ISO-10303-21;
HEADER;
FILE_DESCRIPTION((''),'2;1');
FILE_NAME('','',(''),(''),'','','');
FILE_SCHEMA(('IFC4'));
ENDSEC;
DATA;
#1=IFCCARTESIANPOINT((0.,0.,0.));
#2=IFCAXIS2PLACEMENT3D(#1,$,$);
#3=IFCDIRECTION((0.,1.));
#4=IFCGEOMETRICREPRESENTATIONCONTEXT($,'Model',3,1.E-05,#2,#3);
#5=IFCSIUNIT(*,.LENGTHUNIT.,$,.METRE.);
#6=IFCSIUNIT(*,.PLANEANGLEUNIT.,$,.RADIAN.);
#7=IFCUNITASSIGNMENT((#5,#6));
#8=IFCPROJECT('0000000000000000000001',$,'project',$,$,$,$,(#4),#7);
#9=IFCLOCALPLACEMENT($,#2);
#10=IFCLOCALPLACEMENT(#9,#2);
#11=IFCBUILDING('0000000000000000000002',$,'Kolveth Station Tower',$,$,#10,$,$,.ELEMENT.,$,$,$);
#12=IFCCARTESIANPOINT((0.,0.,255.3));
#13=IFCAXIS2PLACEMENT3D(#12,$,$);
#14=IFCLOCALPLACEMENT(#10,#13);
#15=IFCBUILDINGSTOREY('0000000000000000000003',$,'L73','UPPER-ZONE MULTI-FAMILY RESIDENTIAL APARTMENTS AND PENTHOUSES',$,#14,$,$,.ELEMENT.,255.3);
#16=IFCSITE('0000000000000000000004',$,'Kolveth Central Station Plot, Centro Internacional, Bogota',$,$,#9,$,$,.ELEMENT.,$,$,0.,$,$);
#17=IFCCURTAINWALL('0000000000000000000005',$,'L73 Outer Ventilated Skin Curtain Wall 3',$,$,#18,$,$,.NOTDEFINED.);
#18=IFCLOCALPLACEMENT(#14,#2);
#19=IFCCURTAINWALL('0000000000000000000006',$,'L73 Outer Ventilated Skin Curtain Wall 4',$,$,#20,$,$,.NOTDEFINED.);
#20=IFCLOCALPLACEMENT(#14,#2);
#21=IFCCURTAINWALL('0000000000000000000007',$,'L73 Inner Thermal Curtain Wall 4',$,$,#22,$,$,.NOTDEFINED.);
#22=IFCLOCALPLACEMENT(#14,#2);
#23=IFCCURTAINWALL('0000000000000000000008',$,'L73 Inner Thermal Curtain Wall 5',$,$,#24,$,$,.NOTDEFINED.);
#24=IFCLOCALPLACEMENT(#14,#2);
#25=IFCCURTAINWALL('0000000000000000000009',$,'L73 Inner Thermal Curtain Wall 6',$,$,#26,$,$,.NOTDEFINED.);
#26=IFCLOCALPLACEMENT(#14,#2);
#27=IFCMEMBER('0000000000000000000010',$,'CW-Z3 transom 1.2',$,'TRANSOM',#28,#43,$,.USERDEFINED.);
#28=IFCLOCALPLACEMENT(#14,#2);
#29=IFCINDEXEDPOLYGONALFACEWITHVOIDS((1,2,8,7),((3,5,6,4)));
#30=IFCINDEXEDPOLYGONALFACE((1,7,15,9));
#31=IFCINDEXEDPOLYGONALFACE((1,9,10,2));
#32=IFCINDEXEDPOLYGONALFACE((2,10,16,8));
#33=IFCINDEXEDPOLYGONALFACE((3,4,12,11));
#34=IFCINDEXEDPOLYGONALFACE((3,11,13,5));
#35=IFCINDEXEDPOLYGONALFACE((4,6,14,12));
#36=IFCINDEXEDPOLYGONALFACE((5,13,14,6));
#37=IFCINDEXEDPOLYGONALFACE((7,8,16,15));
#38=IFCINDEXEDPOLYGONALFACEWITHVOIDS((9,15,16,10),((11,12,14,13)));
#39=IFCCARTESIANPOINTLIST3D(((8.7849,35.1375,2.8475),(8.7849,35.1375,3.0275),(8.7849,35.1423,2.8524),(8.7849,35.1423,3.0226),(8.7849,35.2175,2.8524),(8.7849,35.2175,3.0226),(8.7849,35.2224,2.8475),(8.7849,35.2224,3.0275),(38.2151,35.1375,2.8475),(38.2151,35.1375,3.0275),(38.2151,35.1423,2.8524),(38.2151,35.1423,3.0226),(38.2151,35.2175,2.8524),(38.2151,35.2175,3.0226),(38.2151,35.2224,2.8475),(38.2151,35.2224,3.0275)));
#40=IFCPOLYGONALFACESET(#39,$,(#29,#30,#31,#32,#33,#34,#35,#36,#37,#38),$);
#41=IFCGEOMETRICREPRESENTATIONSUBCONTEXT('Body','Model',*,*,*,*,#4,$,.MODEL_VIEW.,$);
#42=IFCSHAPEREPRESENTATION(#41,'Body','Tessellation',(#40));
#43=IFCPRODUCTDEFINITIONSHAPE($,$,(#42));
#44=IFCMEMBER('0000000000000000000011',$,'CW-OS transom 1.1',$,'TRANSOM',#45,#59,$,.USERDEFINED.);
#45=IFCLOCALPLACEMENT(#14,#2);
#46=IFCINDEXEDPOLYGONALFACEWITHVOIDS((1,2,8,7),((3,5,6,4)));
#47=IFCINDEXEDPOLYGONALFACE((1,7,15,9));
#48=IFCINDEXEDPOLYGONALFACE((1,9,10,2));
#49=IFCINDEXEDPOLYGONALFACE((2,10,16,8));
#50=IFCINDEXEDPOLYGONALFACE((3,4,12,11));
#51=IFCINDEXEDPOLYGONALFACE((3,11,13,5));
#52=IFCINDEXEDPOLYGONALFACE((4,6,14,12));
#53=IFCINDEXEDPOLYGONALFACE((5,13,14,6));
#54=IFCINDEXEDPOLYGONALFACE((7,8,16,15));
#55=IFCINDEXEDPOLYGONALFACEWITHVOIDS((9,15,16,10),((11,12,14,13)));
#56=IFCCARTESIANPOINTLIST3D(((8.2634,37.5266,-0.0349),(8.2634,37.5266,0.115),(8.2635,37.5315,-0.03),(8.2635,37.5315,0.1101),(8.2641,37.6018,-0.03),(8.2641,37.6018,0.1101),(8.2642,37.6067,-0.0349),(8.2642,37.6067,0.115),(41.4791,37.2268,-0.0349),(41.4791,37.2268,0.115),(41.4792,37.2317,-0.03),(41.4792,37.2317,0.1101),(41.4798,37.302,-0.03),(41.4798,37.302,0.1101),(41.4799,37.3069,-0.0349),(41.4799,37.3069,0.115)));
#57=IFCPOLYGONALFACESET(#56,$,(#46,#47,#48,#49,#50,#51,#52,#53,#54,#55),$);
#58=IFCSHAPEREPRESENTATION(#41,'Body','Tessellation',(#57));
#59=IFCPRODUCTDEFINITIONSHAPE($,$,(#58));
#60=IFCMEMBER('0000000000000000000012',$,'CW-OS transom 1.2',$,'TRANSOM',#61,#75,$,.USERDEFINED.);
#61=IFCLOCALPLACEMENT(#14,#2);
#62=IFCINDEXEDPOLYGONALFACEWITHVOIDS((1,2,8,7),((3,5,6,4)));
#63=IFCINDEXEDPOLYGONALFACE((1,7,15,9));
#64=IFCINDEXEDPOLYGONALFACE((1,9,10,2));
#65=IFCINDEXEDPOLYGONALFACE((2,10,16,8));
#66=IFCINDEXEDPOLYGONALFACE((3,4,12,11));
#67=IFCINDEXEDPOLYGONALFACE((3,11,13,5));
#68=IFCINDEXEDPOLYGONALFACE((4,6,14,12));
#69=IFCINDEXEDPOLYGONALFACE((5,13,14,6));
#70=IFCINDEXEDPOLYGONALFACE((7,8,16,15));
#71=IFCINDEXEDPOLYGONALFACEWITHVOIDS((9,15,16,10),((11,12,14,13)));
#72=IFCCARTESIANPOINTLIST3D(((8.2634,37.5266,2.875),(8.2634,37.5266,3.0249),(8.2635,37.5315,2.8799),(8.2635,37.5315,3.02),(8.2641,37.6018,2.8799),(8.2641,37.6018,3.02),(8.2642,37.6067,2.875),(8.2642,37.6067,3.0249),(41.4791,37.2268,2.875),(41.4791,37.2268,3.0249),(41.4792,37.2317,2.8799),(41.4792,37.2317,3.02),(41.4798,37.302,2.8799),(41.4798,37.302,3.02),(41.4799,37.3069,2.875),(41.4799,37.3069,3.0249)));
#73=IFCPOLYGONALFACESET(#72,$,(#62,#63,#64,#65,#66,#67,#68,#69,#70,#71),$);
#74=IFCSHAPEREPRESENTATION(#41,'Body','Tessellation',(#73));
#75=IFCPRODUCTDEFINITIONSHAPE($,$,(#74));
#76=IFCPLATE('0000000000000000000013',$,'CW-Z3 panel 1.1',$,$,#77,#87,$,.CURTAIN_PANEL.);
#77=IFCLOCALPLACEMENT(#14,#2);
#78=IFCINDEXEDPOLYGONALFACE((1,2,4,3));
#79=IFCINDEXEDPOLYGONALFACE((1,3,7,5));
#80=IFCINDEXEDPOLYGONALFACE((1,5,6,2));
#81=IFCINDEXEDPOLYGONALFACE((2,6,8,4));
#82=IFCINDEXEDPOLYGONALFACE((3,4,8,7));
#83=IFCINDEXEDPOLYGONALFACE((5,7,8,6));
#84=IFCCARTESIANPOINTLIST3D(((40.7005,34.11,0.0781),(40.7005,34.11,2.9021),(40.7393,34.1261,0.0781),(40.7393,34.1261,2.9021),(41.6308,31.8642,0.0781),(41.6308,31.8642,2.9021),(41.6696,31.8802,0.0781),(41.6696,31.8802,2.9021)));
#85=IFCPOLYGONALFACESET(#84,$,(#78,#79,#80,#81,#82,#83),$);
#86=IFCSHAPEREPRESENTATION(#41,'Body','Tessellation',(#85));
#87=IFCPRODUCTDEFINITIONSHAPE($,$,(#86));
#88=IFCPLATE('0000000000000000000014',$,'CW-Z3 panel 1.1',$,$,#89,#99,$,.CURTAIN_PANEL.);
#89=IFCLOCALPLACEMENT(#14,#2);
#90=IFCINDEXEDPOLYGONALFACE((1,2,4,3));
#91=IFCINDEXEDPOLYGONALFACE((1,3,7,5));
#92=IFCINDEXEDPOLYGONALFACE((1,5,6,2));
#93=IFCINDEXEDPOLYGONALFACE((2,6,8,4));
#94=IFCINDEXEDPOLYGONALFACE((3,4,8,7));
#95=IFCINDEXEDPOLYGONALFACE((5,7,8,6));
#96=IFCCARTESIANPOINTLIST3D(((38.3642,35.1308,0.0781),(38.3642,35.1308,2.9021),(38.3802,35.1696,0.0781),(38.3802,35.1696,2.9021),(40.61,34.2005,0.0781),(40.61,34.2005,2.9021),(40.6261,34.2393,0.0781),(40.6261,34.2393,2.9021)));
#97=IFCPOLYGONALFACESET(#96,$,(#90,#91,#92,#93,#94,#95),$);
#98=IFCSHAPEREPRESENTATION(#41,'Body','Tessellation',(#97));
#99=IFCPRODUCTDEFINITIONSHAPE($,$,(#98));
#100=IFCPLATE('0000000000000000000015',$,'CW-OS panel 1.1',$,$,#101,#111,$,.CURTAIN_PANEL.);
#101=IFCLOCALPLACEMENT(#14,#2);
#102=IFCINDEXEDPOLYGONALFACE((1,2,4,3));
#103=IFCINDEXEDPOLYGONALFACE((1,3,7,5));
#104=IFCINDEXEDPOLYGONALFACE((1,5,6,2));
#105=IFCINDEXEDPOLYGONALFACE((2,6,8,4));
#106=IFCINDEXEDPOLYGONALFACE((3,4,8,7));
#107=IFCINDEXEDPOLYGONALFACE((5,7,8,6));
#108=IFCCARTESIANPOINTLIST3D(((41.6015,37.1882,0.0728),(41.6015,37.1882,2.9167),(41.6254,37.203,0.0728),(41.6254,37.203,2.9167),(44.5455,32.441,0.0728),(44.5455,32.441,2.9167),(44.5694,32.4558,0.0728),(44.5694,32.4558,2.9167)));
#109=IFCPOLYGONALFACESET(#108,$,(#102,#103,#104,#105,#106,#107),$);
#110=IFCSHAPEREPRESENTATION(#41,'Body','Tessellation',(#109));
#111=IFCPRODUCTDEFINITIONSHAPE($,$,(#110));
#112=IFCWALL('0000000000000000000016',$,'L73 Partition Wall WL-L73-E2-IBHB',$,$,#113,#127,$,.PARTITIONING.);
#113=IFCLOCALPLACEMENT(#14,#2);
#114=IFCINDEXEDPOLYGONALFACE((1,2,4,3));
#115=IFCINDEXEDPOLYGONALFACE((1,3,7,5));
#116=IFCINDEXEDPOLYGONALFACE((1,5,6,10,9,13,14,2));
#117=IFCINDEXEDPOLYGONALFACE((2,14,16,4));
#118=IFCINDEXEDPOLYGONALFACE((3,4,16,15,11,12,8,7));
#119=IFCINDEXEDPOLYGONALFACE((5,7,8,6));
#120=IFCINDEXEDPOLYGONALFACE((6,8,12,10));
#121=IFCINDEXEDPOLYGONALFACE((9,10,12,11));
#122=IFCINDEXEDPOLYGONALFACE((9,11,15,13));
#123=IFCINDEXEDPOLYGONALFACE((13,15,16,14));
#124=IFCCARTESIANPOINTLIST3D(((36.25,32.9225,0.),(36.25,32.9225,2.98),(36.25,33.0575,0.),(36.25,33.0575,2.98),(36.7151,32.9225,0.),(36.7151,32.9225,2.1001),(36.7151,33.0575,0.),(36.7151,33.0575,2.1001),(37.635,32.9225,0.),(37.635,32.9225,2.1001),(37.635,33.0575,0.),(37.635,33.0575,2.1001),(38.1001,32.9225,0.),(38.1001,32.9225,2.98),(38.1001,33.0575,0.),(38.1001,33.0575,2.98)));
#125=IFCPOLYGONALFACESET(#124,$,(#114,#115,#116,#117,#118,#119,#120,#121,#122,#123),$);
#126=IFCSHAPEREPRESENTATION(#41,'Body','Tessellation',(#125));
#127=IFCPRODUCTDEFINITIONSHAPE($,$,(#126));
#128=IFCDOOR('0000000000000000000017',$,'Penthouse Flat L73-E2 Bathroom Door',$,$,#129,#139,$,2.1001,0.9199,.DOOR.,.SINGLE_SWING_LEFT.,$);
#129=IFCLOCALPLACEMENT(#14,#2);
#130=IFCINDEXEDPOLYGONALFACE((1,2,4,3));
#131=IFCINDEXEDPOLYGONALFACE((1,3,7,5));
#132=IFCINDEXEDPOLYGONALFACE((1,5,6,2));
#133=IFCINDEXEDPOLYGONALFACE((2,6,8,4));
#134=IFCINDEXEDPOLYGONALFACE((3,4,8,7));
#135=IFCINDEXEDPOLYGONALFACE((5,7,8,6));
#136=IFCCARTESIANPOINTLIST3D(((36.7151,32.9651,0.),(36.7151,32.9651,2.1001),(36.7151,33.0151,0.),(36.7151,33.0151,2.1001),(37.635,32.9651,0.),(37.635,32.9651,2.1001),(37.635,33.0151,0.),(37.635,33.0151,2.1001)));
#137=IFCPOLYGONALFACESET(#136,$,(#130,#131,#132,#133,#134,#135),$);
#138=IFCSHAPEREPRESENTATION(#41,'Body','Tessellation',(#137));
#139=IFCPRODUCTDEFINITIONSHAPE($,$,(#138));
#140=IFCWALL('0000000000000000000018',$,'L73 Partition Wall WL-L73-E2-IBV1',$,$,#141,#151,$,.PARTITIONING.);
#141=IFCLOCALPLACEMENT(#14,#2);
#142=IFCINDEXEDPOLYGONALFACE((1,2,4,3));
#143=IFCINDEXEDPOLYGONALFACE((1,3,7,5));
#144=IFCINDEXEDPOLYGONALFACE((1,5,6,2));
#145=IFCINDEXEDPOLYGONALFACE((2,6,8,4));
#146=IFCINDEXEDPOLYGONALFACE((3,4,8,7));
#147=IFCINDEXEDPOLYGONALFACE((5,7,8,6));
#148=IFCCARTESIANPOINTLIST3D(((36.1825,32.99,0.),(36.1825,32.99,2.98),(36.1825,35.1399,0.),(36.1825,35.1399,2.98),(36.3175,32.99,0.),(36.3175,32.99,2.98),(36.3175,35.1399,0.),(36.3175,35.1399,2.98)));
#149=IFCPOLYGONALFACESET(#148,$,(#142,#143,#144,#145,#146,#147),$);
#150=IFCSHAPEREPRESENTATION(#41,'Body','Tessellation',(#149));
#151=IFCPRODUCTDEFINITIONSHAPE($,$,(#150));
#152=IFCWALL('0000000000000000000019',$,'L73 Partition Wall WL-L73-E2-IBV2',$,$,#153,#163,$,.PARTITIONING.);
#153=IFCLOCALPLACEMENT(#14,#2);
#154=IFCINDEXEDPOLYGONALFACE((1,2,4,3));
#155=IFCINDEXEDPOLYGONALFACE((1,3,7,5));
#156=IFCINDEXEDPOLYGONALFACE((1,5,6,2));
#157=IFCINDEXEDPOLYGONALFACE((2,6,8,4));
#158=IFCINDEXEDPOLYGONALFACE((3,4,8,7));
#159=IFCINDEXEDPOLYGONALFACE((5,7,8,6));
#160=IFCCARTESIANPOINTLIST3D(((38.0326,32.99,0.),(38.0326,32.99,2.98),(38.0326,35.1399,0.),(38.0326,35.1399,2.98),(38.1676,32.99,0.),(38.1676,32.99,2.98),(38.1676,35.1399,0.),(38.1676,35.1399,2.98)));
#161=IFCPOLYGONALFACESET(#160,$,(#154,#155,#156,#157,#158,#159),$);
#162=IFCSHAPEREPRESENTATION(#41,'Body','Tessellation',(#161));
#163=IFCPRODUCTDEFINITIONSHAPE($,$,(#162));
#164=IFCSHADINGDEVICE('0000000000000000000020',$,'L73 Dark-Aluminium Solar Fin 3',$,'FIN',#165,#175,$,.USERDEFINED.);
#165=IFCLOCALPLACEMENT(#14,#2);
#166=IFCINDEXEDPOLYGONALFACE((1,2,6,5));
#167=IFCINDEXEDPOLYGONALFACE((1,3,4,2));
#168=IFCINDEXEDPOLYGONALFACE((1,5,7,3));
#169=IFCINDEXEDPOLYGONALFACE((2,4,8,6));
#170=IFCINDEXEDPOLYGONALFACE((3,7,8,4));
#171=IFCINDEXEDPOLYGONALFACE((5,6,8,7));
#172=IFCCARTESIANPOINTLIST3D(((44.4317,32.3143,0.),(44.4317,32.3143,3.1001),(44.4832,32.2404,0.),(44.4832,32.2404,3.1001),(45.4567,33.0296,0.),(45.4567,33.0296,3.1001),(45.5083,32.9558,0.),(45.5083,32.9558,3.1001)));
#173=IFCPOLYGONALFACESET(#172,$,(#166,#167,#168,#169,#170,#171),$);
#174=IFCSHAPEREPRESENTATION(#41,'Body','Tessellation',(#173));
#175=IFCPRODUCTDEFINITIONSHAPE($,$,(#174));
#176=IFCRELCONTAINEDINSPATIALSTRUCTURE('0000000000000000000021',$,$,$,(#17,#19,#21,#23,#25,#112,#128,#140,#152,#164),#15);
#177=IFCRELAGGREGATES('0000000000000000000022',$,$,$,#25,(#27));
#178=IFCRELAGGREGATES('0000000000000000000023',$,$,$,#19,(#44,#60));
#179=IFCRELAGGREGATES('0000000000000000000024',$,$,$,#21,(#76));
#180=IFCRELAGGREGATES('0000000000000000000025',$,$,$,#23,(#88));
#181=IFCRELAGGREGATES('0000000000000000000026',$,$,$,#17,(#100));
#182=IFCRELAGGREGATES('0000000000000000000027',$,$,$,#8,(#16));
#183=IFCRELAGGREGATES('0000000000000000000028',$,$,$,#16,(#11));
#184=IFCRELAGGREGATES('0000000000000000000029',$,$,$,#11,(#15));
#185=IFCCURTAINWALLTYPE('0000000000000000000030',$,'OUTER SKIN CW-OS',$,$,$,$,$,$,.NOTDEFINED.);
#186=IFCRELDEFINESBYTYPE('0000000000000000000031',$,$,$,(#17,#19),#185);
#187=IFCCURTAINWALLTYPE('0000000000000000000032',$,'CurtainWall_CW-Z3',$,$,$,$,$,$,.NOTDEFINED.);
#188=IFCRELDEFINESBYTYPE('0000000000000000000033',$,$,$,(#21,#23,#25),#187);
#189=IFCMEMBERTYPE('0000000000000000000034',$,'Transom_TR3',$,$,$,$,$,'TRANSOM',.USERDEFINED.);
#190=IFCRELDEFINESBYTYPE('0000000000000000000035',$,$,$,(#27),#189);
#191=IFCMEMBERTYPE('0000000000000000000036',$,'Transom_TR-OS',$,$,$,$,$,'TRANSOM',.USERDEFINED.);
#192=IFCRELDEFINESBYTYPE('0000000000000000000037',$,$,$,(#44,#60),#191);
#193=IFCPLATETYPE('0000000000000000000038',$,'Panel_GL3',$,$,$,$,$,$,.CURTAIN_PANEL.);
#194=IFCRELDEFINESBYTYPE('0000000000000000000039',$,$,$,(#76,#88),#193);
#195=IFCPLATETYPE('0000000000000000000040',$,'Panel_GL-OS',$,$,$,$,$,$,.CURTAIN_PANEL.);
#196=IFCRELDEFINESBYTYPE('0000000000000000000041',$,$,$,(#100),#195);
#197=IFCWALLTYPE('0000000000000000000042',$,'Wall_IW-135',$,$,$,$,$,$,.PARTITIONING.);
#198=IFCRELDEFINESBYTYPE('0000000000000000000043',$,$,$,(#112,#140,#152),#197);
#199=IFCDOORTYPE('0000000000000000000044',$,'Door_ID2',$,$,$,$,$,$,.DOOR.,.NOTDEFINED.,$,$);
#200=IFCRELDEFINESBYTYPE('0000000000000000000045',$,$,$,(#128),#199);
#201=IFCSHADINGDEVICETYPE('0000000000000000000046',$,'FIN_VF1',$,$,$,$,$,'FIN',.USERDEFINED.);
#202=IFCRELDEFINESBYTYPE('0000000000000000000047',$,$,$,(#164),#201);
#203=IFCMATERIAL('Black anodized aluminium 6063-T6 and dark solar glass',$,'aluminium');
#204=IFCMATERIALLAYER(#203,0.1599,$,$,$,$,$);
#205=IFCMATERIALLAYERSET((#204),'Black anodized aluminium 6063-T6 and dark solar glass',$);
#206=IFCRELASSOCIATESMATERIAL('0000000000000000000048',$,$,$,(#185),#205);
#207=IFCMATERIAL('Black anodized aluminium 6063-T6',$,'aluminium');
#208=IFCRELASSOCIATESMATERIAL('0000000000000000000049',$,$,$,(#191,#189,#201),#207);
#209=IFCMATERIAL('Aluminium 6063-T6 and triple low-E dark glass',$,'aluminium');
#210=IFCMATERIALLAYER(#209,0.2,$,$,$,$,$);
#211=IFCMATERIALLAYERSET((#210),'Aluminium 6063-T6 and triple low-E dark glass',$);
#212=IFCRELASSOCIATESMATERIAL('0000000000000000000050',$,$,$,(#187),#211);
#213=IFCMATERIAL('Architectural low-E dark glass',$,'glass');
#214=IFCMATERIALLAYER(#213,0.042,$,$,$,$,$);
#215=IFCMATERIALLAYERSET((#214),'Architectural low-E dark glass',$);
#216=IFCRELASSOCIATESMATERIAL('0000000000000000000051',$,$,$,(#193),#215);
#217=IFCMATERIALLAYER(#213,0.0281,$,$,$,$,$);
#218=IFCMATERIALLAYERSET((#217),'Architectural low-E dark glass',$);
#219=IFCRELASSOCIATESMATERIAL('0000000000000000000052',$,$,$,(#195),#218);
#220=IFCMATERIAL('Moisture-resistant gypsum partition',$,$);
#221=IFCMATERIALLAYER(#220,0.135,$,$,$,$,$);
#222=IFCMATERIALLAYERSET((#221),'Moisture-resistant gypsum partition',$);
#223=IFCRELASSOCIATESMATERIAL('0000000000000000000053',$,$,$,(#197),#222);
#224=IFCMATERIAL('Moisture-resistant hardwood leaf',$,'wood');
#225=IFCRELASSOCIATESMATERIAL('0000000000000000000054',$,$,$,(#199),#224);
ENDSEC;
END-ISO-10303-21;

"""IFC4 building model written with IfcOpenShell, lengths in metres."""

from ifc_helpers import new_model, si_unit, direction, frame, frame_2d, origin, origin_2d, place, context, subcontext, project, spatial, rectangle, hollow_rectangle, extrude, source, transform, mapped, material, layer, layer_set, material_profile, profile_set, type_object, element, fill, aggregate, save


model = new_model("IFC4")

# Units and contexts
model_context = context("Model", 3, precision=1e-05, world=origin(), true_north=direction((0.0, 1.0)))
body_context = subcontext(model_context, "Body", "Model", "MODEL_VIEW")
ifc_project = project(units=[si_unit("LENGTHUNIT", "METRE"), si_unit("PLANEANGLEUNIT", "RADIAN")], contexts=[model_context])

# Site, building, storey
site_placement = place(None, origin())
site = spatial("IfcSite", under=ifc_project, at=site_placement, Name="Kolveth Central Station Plot, Centro Internacional, Bogota", CompositionType="ELEMENT", RefElevation=0.0)
building_placement = place(site_placement, origin())
building = spatial("IfcBuilding", under=site, at=building_placement, Name="Kolveth Station Tower", CompositionType="ELEMENT")
storey_placement = place(building_placement, frame((0.0, 0.0, 255.3)))
storey = spatial("IfcBuildingStorey", under=building, at=storey_placement, Name="L73", Description="UPPER-ZONE MULTI-FAMILY RESIDENTIAL APARTMENTS AND PENTHOUSES", CompositionType="ELEMENT", Elevation=255.3)

# Curtain walls
ifc_material_1 = material(Name="Black anodized aluminium 6063-T6 and dark solar glass", Category="aluminium")
ifc_layer_1 = layer(ifc_material_1, 0.1599)
ifc_layer_set_1 = layer_set([ifc_layer_1], Name="Black anodized aluminium 6063-T6 and dark solar glass")
curtain_wall_type_1 = type_object("IfcCurtainWallType", Name="OUTER SKIN CW-OS", PredefinedType="NOTDEFINED", material=ifc_layer_set_1)
curtain_wall_1_placement = place(storey_placement, origin())
curtain_wall_1 = element("IfcCurtainWall", 1, at=curtain_wall_1_placement, inside=storey, type_object=curtain_wall_type_1, Name="L73 Outer Ventilated Skin Curtain Wall 3", PredefinedType="NOTDEFINED")
ifc_material_2 = material(Name="Black anodized aluminium 6063-T6", Category="aluminium")
curtain_wall_2_placement = place(storey_placement, origin())
curtain_wall_2 = element("IfcCurtainWall", 2, at=curtain_wall_2_placement, inside=storey, type_object=curtain_wall_type_1, Name="L73 Outer Ventilated Skin Curtain Wall 4", PredefinedType="NOTDEFINED")

# Shared definitions
ifc_material_profile_1 = material_profile(ifc_material_2, hollow_rectangle(XDim=0.0801, YDim=0.1499, WallThickness=0.0049, at=origin_2d()), Name="ALU-80x150x5")
ifc_profile_set_1 = profile_set([ifc_material_profile_1], Name="Black anodized aluminium 6063-T6")
member_type_1 = type_object("IfcMemberType", Name="Transom_TR-OS", ElementType="TRANSOM", PredefinedType="USERDEFINED", material=ifc_profile_set_1)

# Curtain wall
ifc_material_3 = material(Name="Aluminium 6063-T6 and triple low-E dark glass", Category="aluminium")
ifc_layer_2 = layer(ifc_material_3, 0.2)
ifc_layer_set_2 = layer_set([ifc_layer_2], Name="Aluminium 6063-T6 and triple low-E dark glass")
curtain_wall_type_2 = type_object("IfcCurtainWallType", Name="CurtainWall_CW-Z3", PredefinedType="NOTDEFINED", material=ifc_layer_set_2)
curtain_wall_3_placement = place(storey_placement, origin())
curtain_wall_3 = element("IfcCurtainWall", 3, at=curtain_wall_3_placement, inside=storey, type_object=curtain_wall_type_2, Name="L73 Inner Thermal Curtain Wall 4", PredefinedType="NOTDEFINED")

# Curtain wall
curtain_wall_4_placement = place(storey_placement, origin())
curtain_wall_4 = element("IfcCurtainWall", 4, at=curtain_wall_4_placement, inside=storey, type_object=curtain_wall_type_2, Name="L73 Inner Thermal Curtain Wall 5", PredefinedType="NOTDEFINED")

# Curtain wall
curtain_wall_5_placement = place(storey_placement, origin())
curtain_wall_5 = element("IfcCurtainWall", 5, at=curtain_wall_5_placement, inside=storey, type_object=curtain_wall_type_2, Name="L73 Inner Thermal Curtain Wall 6", PredefinedType="NOTDEFINED")

# Members
ifc_material_profile_2 = material_profile(ifc_material_2, hollow_rectangle(XDim=0.085, YDim=0.1799, WallThickness=0.0049, at=origin_2d()), Name="ALU-85x180x5")
ifc_profile_set_2 = profile_set([ifc_material_profile_2], Name="Black anodized aluminium 6063-T6")
member_type_2 = type_object("IfcMemberType", Name="Transom_TR3", ElementType="TRANSOM", PredefinedType="USERDEFINED", material=ifc_profile_set_2)
shared_shape_1 = source(origin(), body_context, "Body", "SweptSolid", [
    extrude(hollow_rectangle(XDim=0.085, YDim=0.1799, WallThickness=0.0049, at=origin_2d()), origin(), (0.0, 0.0, 1.0), 29.4302),
])
member_1_placement = place(storey_placement, frame((38.2151, 35.1799, 2.9375), z_axis=(-1.0, 0.0, 0.0), x_axis=(0.0, -1.0, 0.0)))
member_1 = element("IfcMember", 6, at=member_1_placement, type_object=member_type_2, Name="CW-Z3 transom 1.2", ObjectType="TRANSOM", PredefinedType="USERDEFINED", context=body_context, shape_type="MappedRepresentation", body=[
    mapped(shared_shape_1, transform((0.0, 0.0, 0.0), x_axis=(1.0, 0.0, 0.0), y_axis=(0.0, 1.0, 0.0), z_axis=(0.0, 0.0, 1.0), scale=1.0)),
])
aggregate(curtain_wall_5, [member_1])
shared_shape_2 = source(origin(), body_context, "Body", "SweptSolid", [
    extrude(hollow_rectangle(XDim=0.0801, YDim=0.1499, WallThickness=0.0049, at=origin_2d()), origin(), (0.0, 0.0, 1.0), 33.217),
])
member_2_placement = place(storey_placement, frame((41.4795, 37.2668, 0.04), z_axis=(-0.999959, 0.009026, 0.0), x_axis=(-0.009026, -0.999959, 0.0)))
member_2 = element("IfcMember", 7, at=member_2_placement, type_object=member_type_1, Name="CW-OS transom 1.1", ObjectType="TRANSOM", PredefinedType="USERDEFINED", context=body_context, shape_type="MappedRepresentation", body=[
    mapped(shared_shape_2, transform((0.0, 0.0, 0.0), x_axis=(1.0, 0.0, 0.0), y_axis=(0.0, 1.0, 0.0), z_axis=(0.0, 0.0, 1.0), scale=1.0)),
])
member_3_placement = place(storey_placement, frame((41.4795, 37.2668, 2.95), z_axis=(-0.999959, 0.009026, 0.0), x_axis=(-0.009026, -0.999959, 0.0)))
member_3 = element("IfcMember", 8, at=member_3_placement, type_object=member_type_1, Name="CW-OS transom 1.2", ObjectType="TRANSOM", PredefinedType="USERDEFINED", context=body_context, shape_type="MappedRepresentation", body=[
    mapped(shared_shape_2, transform((0.0, 0.0, 0.0), x_axis=(1.0, 0.0, 0.0), y_axis=(0.0, 1.0, 0.0), z_axis=(0.0, 0.0, 1.0), scale=1.0)),
])
aggregate(curtain_wall_2, [member_2, member_3])

# Plates
ifc_material_4 = material(Name="Architectural low-E dark glass", Category="glass")
ifc_layer_3 = layer(ifc_material_4, 0.042)
ifc_layer_set_3 = layer_set([ifc_layer_3], Name="Architectural low-E dark glass")
plate_type_1 = type_object("IfcPlateType", Name="Panel_GL3", PredefinedType="CURTAIN_PANEL", material=ifc_layer_set_3)
shared_shape_3 = source(origin(), body_context, "Body", "SweptSolid", [
    extrude(rectangle(XDim=2.4309, YDim=0.042, at=origin_2d()), origin(), (0.0, 0.0, 1.0), 2.824),
])
plate_1_placement = place(storey_placement, frame((41.1851, 32.9951, 0.0781), z_axis=(0.0, 0.0, 1.0), x_axis=(-0.382693, 0.923875, 0.0)))
plate_1 = element("IfcPlate", 9, at=plate_1_placement, type_object=plate_type_1, Name="CW-Z3 panel 1.1", PredefinedType="CURTAIN_PANEL", context=body_context, shape_type="MappedRepresentation", body=[
    mapped(shared_shape_3, transform((0.0, 0.0, 0.0), x_axis=(1.0, 0.0, 0.0), y_axis=(0.0, 1.0, 0.0), z_axis=(0.0, 0.0, 1.0), scale=1.0)),
])
aggregate(curtain_wall_3, [plate_1])
plate_2_placement = place(storey_placement, frame((39.4951, 34.6851, 0.0781), z_axis=(0.0, 0.0, 1.0), x_axis=(-0.923875, 0.382693, 0.0)))
plate_2 = element("IfcPlate", 10, at=plate_2_placement, type_object=plate_type_1, Name="CW-Z3 panel 1.1", PredefinedType="CURTAIN_PANEL", context=body_context, shape_type="MappedRepresentation", body=[
    mapped(shared_shape_3, transform((0.0, 0.0, 0.0), x_axis=(1.0, 0.0, 0.0), y_axis=(0.0, 1.0, 0.0), z_axis=(0.0, 0.0, 1.0), scale=1.0)),
])
aggregate(curtain_wall_4, [plate_2])
ifc_layer_4 = layer(ifc_material_4, 0.0281)
ifc_layer_set_4 = layer_set([ifc_layer_4], Name="Architectural low-E dark glass")
plate_type_2 = type_object("IfcPlateType", Name="Panel_GL-OS", PredefinedType="CURTAIN_PANEL", material=ifc_layer_set_4)
shared_shape_4 = source(origin(), body_context, "Body", "SweptSolid", [
    extrude(rectangle(XDim=5.5859, YDim=0.0281, at=origin_2d()), origin(), (0.0, 0.0, 1.0), 2.844),
])
plate_3_placement = place(storey_placement, frame((43.0854, 34.822, 0.0728), z_axis=(0.0, 0.0, 1.0), x_axis=(-0.527034, 0.849844, 0.0)))
plate_3 = element("IfcPlate", 11, at=plate_3_placement, type_object=plate_type_2, Name="CW-OS panel 1.1", PredefinedType="CURTAIN_PANEL", context=body_context, shape_type="MappedRepresentation", body=[
    mapped(shared_shape_4, transform((0.0, 0.0, 0.0), x_axis=(1.0, 0.0, 0.0), y_axis=(0.0, 1.0, 0.0), z_axis=(0.0, 0.0, 1.0), scale=1.0)),
])
aggregate(curtain_wall_1, [plate_3])

# Wall, opening, door
ifc_material_5 = material(Name="Moisture-resistant gypsum partition")
ifc_layer_5 = layer(ifc_material_5, 0.135)
ifc_layer_set_5 = layer_set([ifc_layer_5], Name="Moisture-resistant gypsum partition")
wall_type = type_object("IfcWallType", Name="Wall_IW-135", PredefinedType="PARTITIONING", material=ifc_layer_set_5)
wall_placement = place(storey_placement, frame((36.25, 32.99, 0.0), z_axis=(0.0, 0.0, 1.0), x_axis=(1.0, 0.0, 0.0)))
wall = element("IfcWall", 12, at=wall_placement, inside=storey, type_object=wall_type, Name="L73 Partition Wall WL-L73-E2-IBHB", PredefinedType="PARTITIONING", context=body_context, shape_type="SweptSolid", body=[
    extrude(rectangle(XDim=1.8501, YDim=0.135, at=frame_2d((0.925, 0.0))), origin(), (0.0, 0.0, 1.0), 2.98),
])
opening_placement = place(wall_placement, frame((0.4651, 0.0, 0.0)))
opening = element("IfcOpeningElement", 13, at=opening_placement, cuts=wall, PredefinedType="OPENING", context=body_context, shape_type="SweptSolid", body=[
    extrude(rectangle(XDim=0.9199, YDim=2.1001, at=frame_2d((0.46, 1.05))), frame((0.0, 0.0774, 0.0), z_axis=(0.0, -1.0, 0.0), x_axis=(1.0, 0.0, 0.0)), (0.0, 0.0, 1.0), 0.155),
])
ifc_material_6 = material(Name="Moisture-resistant hardwood leaf", Category="wood")
door_type = type_object("IfcDoorType", Name="Door_ID2", OperationType="NOTDEFINED", PredefinedType="DOOR", material=ifc_material_6)
door_placement = place(opening_placement, frame((0.9199, 0.0, 0.0), z_axis=(0.0, 0.0, 1.0), x_axis=(-1.0, 0.0, 0.0)))
door = element("IfcDoor", 14, at=door_placement, inside=storey, type_object=door_type, Name="Penthouse Flat L73-E2 Bathroom Door", OperationType="SINGLE_SWING_LEFT", OverallHeight=2.1001, OverallWidth=0.9199, PredefinedType="DOOR", context=body_context, shape_type="SweptSolid", body=[
    extrude(rectangle(XDim=0.9199, YDim=2.1001, at=frame_2d((0.46, 1.05))), frame((0.0, 0.0249, 0.0), z_axis=(0.0, -1.0, 0.0), x_axis=(1.0, 0.0, 0.0)), (0.0, 0.0, 1.0), 0.05),
])
fill(opening, door)

# Walls
for number, where, z_axis, x_axis, name in (
    (15, (36.25, 32.99, 0.0), (0.0, 0.0, 1.0), (0.0, 1.0, 0.0), "L73 Partition Wall WL-L73-E2-IBV1"),
    (16, (38.1001, 32.99, 0.0), (0.0, 0.0, 1.0), (0.0, 1.0, 0.0), "L73 Partition Wall WL-L73-E2-IBV2"),
):
    element("IfcWall", number, at=place(storey_placement, frame(where, z_axis=z_axis, x_axis=x_axis)), inside=storey, type_object=wall_type, Name=name, PredefinedType="PARTITIONING", context=body_context, shape_type="SweptSolid", body=[
        extrude(rectangle(XDim=2.1499, YDim=0.135, at=frame_2d((1.075, 0.0))), origin(), (0.0, 0.0, 1.0), 2.98),
    ])

# Shading device
shading_device_type = type_object("IfcShadingDeviceType", Name="FIN_VF1", ElementType="FIN", PredefinedType="USERDEFINED", material=ifc_material_2)
shared_shape_5 = source(origin(), body_context, "Body", "SweptSolid", [
    extrude(rectangle(XDim=1.25, YDim=0.0901, at=origin_2d()), origin(), (0.0, 0.0, 1.0), 3.1001),
])
for number, where, z_axis, x_axis, name in (
    (17, (44.97, 32.635, 0.0), (0.0, 0.0, 1.0), (0.820052, 0.572289, 0.0), "L73 Dark-Aluminium Solar Fin 3"),
):
    element("IfcShadingDevice", number, at=place(storey_placement, frame(where, z_axis=z_axis, x_axis=x_axis)), inside=storey, type_object=shading_device_type, Name=name, ObjectType="FIN", PredefinedType="USERDEFINED", context=body_context, shape_type="MappedRepresentation", body=[
        mapped(shared_shape_5, transform((0.0, 0.0, 0.0), x_axis=(1.0, 0.0, 0.0), y_axis=(0.0, 1.0, 0.0), z_axis=(0.0, 0.0, 1.0), scale=1.0)),
    ])

save(model, "model.ifc")
